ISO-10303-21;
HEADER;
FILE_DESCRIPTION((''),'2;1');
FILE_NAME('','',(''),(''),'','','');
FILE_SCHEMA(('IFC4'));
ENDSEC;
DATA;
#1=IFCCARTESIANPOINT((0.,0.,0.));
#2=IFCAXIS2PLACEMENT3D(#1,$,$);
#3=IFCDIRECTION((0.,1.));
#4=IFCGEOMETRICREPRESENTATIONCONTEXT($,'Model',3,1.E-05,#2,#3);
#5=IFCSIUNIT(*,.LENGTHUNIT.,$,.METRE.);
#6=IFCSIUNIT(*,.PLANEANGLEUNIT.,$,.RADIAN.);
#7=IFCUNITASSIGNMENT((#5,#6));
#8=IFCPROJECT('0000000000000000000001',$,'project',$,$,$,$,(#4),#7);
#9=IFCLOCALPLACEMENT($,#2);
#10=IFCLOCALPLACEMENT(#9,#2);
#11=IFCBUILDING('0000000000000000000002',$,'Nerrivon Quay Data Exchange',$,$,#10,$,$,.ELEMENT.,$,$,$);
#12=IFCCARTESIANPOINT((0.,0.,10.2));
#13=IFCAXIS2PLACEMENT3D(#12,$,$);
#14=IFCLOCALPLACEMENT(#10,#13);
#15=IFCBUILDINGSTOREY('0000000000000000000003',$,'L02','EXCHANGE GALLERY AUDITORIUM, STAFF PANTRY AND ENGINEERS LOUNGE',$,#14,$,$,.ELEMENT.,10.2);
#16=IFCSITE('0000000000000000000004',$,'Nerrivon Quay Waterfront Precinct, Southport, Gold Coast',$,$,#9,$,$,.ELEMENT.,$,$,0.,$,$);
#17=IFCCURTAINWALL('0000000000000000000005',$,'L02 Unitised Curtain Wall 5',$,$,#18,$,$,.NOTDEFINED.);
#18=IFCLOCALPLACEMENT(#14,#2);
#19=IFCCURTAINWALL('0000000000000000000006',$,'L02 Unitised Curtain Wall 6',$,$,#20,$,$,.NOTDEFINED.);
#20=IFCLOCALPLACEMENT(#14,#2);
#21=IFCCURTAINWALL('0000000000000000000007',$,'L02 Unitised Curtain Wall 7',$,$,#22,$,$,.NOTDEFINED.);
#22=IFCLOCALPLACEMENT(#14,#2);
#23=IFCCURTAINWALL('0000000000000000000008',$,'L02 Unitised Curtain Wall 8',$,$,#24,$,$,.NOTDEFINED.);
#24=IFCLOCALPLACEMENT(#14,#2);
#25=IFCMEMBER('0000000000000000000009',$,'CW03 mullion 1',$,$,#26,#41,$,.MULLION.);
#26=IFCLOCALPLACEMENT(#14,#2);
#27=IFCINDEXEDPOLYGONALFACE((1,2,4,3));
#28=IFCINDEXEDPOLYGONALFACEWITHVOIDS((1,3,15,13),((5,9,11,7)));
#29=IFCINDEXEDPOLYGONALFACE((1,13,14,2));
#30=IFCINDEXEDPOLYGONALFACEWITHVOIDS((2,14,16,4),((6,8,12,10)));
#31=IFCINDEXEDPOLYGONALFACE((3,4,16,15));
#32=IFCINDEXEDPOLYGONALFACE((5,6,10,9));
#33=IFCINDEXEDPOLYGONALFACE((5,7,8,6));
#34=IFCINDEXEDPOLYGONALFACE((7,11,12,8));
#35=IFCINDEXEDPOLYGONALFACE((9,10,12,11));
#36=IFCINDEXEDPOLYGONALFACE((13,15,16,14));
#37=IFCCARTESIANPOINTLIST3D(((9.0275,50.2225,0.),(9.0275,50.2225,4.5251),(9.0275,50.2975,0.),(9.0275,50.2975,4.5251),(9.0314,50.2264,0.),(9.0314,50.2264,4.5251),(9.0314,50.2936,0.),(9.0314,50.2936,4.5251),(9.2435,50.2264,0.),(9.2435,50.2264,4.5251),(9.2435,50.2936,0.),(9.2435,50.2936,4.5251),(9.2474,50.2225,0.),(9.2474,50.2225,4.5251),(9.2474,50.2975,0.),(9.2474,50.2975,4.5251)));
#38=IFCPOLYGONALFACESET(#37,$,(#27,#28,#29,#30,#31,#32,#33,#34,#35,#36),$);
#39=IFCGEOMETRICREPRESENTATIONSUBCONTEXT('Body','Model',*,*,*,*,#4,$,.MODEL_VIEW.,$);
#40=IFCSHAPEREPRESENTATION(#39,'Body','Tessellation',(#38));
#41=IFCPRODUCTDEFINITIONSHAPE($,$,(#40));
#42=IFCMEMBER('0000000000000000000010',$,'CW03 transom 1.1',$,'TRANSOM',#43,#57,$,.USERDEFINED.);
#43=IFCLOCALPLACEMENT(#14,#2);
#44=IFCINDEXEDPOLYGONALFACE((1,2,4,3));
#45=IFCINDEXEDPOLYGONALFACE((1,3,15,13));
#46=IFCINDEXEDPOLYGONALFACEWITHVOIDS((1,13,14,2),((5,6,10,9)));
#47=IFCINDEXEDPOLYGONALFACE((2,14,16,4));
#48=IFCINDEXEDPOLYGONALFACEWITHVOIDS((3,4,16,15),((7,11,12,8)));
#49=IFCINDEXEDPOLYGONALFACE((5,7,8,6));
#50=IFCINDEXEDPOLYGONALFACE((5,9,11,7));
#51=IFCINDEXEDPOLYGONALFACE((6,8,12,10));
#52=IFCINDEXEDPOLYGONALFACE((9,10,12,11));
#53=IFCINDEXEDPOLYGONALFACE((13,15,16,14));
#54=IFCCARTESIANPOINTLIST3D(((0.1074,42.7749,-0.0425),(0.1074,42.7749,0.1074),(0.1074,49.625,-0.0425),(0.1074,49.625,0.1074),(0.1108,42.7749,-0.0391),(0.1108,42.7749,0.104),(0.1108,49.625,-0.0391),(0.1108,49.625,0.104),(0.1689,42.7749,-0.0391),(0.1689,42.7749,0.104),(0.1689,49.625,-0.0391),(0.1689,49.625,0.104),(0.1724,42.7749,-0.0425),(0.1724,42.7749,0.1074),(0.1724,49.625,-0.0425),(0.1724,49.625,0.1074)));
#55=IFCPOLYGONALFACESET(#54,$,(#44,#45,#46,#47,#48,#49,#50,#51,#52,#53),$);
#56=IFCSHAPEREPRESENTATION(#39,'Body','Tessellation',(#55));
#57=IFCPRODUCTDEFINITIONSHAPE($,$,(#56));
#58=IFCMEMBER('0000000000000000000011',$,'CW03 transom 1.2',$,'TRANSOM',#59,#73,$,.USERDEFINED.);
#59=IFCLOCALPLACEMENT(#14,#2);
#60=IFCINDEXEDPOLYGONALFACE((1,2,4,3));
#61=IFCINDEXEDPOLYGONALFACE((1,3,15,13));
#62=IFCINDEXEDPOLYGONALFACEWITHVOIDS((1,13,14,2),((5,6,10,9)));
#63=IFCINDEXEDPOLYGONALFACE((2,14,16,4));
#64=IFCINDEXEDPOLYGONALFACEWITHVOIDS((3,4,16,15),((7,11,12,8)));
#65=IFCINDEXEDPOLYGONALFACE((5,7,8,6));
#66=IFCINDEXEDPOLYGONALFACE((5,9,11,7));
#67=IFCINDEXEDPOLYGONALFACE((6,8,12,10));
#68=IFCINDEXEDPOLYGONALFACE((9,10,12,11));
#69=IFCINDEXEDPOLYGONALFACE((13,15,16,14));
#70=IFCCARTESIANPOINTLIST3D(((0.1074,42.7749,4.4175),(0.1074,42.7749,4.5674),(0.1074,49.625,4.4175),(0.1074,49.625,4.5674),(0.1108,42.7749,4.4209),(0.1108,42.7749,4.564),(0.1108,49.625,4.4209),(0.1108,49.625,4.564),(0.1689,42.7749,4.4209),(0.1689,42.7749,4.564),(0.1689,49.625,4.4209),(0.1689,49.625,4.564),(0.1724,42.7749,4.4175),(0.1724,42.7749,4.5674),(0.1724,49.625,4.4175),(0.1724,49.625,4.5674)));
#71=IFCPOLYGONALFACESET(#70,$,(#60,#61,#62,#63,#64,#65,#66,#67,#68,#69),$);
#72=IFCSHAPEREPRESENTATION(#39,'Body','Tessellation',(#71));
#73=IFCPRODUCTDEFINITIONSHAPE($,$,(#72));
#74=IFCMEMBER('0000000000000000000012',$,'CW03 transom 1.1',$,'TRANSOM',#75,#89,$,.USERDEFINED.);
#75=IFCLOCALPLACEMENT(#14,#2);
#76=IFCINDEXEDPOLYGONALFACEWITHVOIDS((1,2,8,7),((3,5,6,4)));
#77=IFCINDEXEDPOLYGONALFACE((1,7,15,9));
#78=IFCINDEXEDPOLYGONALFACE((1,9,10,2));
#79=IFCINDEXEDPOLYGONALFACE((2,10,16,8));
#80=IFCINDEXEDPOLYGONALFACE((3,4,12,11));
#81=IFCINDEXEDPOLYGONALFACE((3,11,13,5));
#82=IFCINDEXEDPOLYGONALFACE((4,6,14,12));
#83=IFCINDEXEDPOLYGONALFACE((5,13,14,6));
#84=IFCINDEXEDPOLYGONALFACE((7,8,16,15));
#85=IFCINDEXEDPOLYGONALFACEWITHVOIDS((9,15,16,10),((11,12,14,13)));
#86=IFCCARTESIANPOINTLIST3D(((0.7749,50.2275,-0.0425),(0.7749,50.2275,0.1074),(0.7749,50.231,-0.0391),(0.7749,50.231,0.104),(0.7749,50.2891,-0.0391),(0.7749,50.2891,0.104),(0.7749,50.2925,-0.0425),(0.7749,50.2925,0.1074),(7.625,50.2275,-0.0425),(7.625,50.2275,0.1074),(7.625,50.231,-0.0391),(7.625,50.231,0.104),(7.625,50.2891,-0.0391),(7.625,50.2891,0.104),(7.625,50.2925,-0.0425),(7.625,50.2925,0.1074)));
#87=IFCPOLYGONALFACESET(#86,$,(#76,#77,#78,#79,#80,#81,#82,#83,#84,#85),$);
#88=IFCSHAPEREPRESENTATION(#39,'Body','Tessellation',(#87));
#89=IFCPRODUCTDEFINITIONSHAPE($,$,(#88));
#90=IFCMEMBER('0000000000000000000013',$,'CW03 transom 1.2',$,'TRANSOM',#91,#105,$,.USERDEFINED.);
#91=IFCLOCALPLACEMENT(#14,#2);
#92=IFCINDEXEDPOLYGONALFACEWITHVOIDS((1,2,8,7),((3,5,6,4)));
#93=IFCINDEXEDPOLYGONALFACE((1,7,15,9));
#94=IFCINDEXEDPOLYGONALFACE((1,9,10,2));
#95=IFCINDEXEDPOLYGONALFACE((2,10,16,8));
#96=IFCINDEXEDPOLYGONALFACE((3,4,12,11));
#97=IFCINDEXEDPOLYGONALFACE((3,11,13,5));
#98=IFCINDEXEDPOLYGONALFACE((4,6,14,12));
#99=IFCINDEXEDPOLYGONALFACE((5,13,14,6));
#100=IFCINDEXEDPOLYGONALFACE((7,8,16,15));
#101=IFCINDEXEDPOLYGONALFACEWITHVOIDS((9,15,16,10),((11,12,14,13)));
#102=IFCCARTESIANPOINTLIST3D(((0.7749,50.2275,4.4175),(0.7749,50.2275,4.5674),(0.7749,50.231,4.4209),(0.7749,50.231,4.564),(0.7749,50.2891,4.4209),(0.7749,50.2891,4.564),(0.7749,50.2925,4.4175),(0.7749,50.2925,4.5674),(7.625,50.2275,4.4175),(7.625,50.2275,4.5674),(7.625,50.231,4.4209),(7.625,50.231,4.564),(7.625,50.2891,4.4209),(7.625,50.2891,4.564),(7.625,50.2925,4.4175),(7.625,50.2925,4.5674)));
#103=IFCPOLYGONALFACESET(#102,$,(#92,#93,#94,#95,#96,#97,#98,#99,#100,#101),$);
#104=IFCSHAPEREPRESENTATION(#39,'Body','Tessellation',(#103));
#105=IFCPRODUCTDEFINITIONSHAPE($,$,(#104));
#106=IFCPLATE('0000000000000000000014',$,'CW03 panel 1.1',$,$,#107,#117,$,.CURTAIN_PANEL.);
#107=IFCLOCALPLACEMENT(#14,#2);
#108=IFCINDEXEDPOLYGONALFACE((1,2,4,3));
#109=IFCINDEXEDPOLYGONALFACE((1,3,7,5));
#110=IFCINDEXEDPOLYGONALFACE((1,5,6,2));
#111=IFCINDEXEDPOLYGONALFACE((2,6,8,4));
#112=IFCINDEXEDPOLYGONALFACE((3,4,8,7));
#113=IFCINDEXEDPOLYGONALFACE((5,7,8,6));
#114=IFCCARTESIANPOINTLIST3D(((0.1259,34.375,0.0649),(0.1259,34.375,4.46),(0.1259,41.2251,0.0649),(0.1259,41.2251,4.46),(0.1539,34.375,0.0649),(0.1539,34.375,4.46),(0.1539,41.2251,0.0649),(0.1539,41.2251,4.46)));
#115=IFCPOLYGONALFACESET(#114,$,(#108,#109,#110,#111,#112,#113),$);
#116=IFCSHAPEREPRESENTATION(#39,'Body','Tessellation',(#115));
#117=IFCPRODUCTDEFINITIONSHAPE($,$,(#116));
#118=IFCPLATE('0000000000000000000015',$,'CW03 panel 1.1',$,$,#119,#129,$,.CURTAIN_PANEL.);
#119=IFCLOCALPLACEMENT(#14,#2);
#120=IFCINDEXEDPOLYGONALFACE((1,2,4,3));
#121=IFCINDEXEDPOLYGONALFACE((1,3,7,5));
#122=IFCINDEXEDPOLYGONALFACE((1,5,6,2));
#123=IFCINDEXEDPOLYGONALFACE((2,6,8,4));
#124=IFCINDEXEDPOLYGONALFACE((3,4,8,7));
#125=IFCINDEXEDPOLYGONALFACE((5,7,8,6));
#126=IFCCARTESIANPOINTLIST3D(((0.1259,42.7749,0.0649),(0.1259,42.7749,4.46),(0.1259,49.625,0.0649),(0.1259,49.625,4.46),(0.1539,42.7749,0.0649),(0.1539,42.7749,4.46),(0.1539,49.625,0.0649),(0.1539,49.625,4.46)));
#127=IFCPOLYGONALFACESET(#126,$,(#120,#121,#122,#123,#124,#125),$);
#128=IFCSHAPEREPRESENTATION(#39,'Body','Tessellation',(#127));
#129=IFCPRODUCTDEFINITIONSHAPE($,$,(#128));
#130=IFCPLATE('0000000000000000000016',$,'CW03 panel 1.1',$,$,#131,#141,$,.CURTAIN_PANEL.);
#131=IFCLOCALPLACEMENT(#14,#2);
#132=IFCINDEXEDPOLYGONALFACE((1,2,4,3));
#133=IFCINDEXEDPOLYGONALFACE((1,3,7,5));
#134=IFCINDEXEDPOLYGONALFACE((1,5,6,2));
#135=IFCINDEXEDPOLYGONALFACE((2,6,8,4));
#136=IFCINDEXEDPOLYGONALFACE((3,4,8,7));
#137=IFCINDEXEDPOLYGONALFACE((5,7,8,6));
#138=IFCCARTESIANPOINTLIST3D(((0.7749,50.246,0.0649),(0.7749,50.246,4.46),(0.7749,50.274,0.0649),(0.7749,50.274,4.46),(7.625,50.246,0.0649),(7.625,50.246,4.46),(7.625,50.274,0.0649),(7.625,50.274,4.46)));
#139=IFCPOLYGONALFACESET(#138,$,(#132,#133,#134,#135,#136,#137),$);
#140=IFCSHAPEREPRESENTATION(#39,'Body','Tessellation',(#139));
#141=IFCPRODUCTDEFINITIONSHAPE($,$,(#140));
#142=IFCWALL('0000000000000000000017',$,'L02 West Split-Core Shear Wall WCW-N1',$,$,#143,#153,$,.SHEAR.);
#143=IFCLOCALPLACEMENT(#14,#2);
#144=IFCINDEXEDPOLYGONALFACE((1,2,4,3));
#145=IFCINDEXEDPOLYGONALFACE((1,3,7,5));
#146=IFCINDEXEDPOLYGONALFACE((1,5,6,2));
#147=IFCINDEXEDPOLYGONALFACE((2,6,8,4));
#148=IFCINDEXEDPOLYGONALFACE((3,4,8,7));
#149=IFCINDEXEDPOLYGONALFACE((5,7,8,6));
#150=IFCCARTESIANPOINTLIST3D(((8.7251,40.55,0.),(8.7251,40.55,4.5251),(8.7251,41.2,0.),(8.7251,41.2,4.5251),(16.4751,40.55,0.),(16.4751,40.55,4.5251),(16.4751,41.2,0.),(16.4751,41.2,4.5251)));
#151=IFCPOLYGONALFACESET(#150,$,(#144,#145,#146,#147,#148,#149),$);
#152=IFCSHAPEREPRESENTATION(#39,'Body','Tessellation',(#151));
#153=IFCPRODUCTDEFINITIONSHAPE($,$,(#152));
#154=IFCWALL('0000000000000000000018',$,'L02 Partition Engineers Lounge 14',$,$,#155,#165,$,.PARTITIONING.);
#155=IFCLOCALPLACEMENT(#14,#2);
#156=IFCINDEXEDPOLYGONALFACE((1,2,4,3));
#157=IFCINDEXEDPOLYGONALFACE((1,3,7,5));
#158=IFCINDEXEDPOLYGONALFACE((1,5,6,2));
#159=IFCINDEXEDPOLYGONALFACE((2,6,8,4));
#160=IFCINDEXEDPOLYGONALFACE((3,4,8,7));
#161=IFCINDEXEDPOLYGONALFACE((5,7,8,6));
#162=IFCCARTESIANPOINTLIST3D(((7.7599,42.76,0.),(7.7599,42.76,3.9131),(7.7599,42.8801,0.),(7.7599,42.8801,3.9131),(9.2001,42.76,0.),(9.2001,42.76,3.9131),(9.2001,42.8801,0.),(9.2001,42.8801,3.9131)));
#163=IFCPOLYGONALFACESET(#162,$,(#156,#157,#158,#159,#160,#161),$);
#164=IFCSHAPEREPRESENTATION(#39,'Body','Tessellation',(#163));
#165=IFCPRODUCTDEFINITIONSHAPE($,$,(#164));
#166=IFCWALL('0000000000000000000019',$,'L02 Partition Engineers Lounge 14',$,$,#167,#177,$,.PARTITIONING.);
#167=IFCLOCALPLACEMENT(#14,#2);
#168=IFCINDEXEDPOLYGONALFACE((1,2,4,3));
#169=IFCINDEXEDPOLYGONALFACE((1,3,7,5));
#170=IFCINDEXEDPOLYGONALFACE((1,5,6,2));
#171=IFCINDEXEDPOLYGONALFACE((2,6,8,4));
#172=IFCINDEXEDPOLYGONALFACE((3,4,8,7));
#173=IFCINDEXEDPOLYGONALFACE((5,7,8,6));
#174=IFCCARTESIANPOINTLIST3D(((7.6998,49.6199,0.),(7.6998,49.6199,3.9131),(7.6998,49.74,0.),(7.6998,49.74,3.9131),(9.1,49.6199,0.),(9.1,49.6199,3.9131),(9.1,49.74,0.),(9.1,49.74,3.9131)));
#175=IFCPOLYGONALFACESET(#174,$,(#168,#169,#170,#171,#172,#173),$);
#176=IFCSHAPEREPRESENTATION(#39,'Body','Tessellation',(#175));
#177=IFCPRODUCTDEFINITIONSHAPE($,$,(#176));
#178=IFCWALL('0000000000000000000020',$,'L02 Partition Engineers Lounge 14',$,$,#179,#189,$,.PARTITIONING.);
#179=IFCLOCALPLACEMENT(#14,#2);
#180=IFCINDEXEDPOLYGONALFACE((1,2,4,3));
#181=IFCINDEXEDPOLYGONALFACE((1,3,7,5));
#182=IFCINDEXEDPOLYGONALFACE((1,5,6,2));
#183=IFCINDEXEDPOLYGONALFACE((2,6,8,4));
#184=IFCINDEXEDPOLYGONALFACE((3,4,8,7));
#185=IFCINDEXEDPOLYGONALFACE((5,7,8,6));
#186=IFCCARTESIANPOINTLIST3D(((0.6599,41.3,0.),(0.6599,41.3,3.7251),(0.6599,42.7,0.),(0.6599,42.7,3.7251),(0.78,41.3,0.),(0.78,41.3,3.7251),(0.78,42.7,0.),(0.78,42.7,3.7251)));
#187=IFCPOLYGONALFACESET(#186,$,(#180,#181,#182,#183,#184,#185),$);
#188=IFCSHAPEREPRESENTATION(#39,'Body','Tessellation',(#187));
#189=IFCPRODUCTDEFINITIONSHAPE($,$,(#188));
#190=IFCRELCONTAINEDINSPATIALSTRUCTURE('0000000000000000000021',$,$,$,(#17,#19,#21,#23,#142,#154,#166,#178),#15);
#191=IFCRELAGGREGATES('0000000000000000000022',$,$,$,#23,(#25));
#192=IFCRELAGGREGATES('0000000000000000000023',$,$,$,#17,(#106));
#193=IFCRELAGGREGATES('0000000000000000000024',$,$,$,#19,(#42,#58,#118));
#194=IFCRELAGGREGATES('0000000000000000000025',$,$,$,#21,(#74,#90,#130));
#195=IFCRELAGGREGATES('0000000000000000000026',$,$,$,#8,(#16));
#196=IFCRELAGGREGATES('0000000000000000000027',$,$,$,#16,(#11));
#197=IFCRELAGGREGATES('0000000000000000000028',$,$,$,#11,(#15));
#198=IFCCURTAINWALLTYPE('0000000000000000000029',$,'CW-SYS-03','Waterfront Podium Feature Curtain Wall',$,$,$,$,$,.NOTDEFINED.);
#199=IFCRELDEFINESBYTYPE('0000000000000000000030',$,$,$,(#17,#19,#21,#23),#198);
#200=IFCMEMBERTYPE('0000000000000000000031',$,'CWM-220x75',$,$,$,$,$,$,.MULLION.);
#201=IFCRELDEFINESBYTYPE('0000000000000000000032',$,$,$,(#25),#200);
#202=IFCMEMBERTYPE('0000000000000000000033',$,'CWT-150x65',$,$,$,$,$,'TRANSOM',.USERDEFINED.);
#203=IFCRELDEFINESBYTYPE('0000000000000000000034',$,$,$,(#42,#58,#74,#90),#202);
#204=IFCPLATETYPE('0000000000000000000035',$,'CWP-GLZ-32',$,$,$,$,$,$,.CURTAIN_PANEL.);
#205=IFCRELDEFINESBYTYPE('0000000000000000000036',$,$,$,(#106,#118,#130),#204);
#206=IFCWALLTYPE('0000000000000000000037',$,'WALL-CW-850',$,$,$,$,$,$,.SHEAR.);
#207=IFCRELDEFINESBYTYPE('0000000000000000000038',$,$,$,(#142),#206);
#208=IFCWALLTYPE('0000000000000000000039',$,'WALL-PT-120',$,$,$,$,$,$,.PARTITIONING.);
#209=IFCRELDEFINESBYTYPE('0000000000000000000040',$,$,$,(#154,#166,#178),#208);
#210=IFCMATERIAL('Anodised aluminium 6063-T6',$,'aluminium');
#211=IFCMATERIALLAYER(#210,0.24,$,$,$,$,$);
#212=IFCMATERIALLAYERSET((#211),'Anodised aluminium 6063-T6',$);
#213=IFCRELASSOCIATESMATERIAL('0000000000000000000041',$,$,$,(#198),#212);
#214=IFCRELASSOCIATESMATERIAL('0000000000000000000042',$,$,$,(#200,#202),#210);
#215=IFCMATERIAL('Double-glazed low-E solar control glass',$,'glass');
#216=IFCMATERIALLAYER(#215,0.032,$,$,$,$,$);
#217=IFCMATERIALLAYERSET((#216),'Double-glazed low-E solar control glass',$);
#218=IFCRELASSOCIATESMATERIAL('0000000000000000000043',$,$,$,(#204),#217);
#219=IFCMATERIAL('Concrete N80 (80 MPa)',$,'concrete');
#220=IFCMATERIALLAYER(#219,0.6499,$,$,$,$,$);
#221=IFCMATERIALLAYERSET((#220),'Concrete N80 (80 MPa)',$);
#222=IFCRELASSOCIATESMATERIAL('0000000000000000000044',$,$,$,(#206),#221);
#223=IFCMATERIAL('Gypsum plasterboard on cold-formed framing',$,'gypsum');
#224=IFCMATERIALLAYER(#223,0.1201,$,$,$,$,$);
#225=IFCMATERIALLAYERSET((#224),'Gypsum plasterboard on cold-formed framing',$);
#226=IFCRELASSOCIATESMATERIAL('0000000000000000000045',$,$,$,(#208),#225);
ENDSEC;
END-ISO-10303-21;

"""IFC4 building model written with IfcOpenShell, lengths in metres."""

from ifc_helpers import new_model, si_unit, direction, frame, frame_2d, origin, origin_2d, place, context, subcontext, project, spatial, rectangle, hollow_rectangle, extrude, material, layer, layer_set, material_profile, profile_set, type_object, element, aggregate, save


model = new_model("IFC4")

# Units and contexts
model_context = context("Model", 3, precision=1e-05, world=origin(), true_north=direction((0.0, 1.0)))
body_context = subcontext(model_context, "Body", "Model", "MODEL_VIEW")
ifc_project = project(units=[si_unit("LENGTHUNIT", "METRE"), si_unit("PLANEANGLEUNIT", "RADIAN")], contexts=[model_context])

# Site, building, storey
site_placement = place(None, origin())
site = spatial("IfcSite", under=ifc_project, at=site_placement, Name="Nerrivon Quay Waterfront Precinct, Southport, Gold Coast", CompositionType="ELEMENT", RefElevation=0.0)
building_placement = place(site_placement, origin())
building = spatial("IfcBuilding", under=site, at=building_placement, Name="Nerrivon Quay Data Exchange", CompositionType="ELEMENT")
storey_placement = place(building_placement, frame((0.0, 0.0, 10.2)))
storey = spatial("IfcBuildingStorey", under=building, at=storey_placement, Name="L02", Description="EXCHANGE GALLERY AUDITORIUM, STAFF PANTRY AND ENGINEERS LOUNGE", CompositionType="ELEMENT", Elevation=10.2)

# Shared definitions
ifc_material_1 = material(Name="Concrete N80 (80 MPa)", Category="concrete")

# Curtain wall
ifc_material_2 = material(Name="Anodised aluminium 6063-T6", Category="aluminium")
ifc_layer_1 = layer(ifc_material_2, 0.24)
ifc_layer_set_1 = layer_set([ifc_layer_1], Name="Anodised aluminium 6063-T6")
curtain_wall_type = type_object("IfcCurtainWallType", Name="CW-SYS-03", Description="Waterfront Podium Feature Curtain Wall", PredefinedType="NOTDEFINED", material=ifc_layer_set_1)
curtain_wall_1_placement = place(storey_placement, origin())
curtain_wall_1 = element("IfcCurtainWall", 1, at=curtain_wall_1_placement, inside=storey, type_object=curtain_wall_type, Name="L02 Unitised Curtain Wall 5", PredefinedType="NOTDEFINED")
ifc_material_profile_1 = material_profile(ifc_material_2, hollow_rectangle(XDim=0.075, YDim=0.22, WallThickness=0.0039, at=origin_2d()), Name="ALU-MULL-220x75")
ifc_profile_set_1 = profile_set([ifc_material_profile_1], Name="Anodised aluminium 6063-T6")
member_type_1 = type_object("IfcMemberType", Name="CWM-220x75", PredefinedType="MULLION", material=ifc_profile_set_1)

# Curtain walls
curtain_wall_2_placement = place(storey_placement, origin())
curtain_wall_2 = element("IfcCurtainWall", 2, at=curtain_wall_2_placement, inside=storey, type_object=curtain_wall_type, Name="L02 Unitised Curtain Wall 6", PredefinedType="NOTDEFINED")
curtain_wall_3_placement = place(storey_placement, origin())
curtain_wall_3 = element("IfcCurtainWall", 3, at=curtain_wall_3_placement, inside=storey, type_object=curtain_wall_type, Name="L02 Unitised Curtain Wall 7", PredefinedType="NOTDEFINED")

# Curtain wall, member
curtain_wall_4_placement = place(storey_placement, origin())
curtain_wall_4 = element("IfcCurtainWall", 4, at=curtain_wall_4_placement, inside=storey, type_object=curtain_wall_type, Name="L02 Unitised Curtain Wall 8", PredefinedType="NOTDEFINED")
member_1_placement = place(storey_placement, frame((9.1375, 50.26, 0.0), z_axis=(0.0, 0.0, 1.0), x_axis=(0.0, 1.0, 0.0)))
member_1 = element("IfcMember", 5, at=member_1_placement, type_object=member_type_1, Name="CW03 mullion 1", PredefinedType="MULLION", context=body_context, shape_type="SweptSolid", body=[
    extrude(hollow_rectangle(XDim=0.075, YDim=0.22, WallThickness=0.0039, at=origin_2d()), origin(), (0.0, 0.0, 1.0), 4.5251),
])
aggregate(curtain_wall_4, [member_1])

# Members
ifc_material_profile_2 = material_profile(ifc_material_2, hollow_rectangle(XDim=0.0649, YDim=0.1499, WallThickness=0.0034, at=origin_2d()), Name="ALU-TRAN-150x65")
ifc_profile_set_2 = profile_set([ifc_material_profile_2], Name="Anodised aluminium 6063-T6")
member_type_2 = type_object("IfcMemberType", Name="CWT-150x65", ElementType="TRANSOM", PredefinedType="USERDEFINED", material=ifc_profile_set_2)
member_2_placement = place(storey_placement, frame((0.1399, 42.7749, 0.0325), z_axis=(0.0, 1.0, 0.0), x_axis=(-1.0, 0.0, 0.0)))
member_2 = element("IfcMember", 6, at=member_2_placement, type_object=member_type_2, Name="CW03 transom 1.1", ObjectType="TRANSOM", PredefinedType="USERDEFINED", context=body_context, shape_type="SweptSolid", body=[
    extrude(hollow_rectangle(XDim=0.0649, YDim=0.1499, WallThickness=0.0034, at=origin_2d()), origin(), (0.0, 0.0, 1.0), 6.8501),
])
member_3_placement = place(storey_placement, frame((0.1399, 42.7749, 4.4924), z_axis=(0.0, 1.0, 0.0), x_axis=(-1.0, 0.0, 0.0)))
member_3 = element("IfcMember", 7, at=member_3_placement, type_object=member_type_2, Name="CW03 transom 1.2", ObjectType="TRANSOM", PredefinedType="USERDEFINED", context=body_context, shape_type="SweptSolid", body=[
    extrude(hollow_rectangle(XDim=0.0649, YDim=0.1499, WallThickness=0.0034, at=origin_2d()), origin(), (0.0, 0.0, 1.0), 6.8501),
])
member_4_placement = place(storey_placement, frame((0.7749, 50.26, 0.0325), z_axis=(1.0, 0.0, 0.0), x_axis=(0.0, 1.0, 0.0)))
member_4 = element("IfcMember", 8, at=member_4_placement, type_object=member_type_2, Name="CW03 transom 1.1", ObjectType="TRANSOM", PredefinedType="USERDEFINED", context=body_context, shape_type="SweptSolid", body=[
    extrude(hollow_rectangle(XDim=0.0649, YDim=0.1499, WallThickness=0.0034, at=origin_2d()), origin(), (0.0, 0.0, 1.0), 6.8501),
])
member_5_placement = place(storey_placement, frame((0.7749, 50.26, 4.4924), z_axis=(1.0, 0.0, 0.0), x_axis=(0.0, 1.0, 0.0)))
member_5 = element("IfcMember", 9, at=member_5_placement, type_object=member_type_2, Name="CW03 transom 1.2", ObjectType="TRANSOM", PredefinedType="USERDEFINED", context=body_context, shape_type="SweptSolid", body=[
    extrude(hollow_rectangle(XDim=0.0649, YDim=0.1499, WallThickness=0.0034, at=origin_2d()), origin(), (0.0, 0.0, 1.0), 6.8501),
])

# Plates
ifc_material_3 = material(Name="Double-glazed low-E solar control glass", Category="glass")
ifc_layer_2 = layer(ifc_material_3, 0.032)
ifc_layer_set_2 = layer_set([ifc_layer_2], Name="Double-glazed low-E solar control glass")
plate_type = type_object("IfcPlateType", Name="CWP-GLZ-32", PredefinedType="CURTAIN_PANEL", material=ifc_layer_set_2)
plate_1_placement = place(storey_placement, frame((0.1399, 37.8, 0.0649), z_axis=(0.0, 0.0, 1.0), x_axis=(0.0, 1.0, 0.0)))
plate_1 = element("IfcPlate", 10, at=plate_1_placement, type_object=plate_type, Name="CW03 panel 1.1", PredefinedType="CURTAIN_PANEL", context=body_context, shape_type="SweptSolid", body=[
    extrude(rectangle(XDim=6.8501, YDim=0.0281, at=origin_2d()), origin(), (0.0, 0.0, 1.0), 4.395),
])
aggregate(curtain_wall_1, [plate_1])
plate_2_placement = place(storey_placement, frame((0.1399, 46.2, 0.0649), z_axis=(0.0, 0.0, 1.0), x_axis=(0.0, 1.0, 0.0)))
plate_2 = element("IfcPlate", 11, at=plate_2_placement, type_object=plate_type, Name="CW03 panel 1.1", PredefinedType="CURTAIN_PANEL", context=body_context, shape_type="SweptSolid", body=[
    extrude(rectangle(XDim=6.8501, YDim=0.0281, at=origin_2d()), origin(), (0.0, 0.0, 1.0), 4.395),
])
aggregate(curtain_wall_2, [member_2, member_3, plate_2])
plate_3_placement = place(storey_placement, frame((4.2, 50.26, 0.0649), z_axis=(0.0, 0.0, 1.0), x_axis=(1.0, 0.0, 0.0)))
plate_3 = element("IfcPlate", 12, at=plate_3_placement, type_object=plate_type, Name="CW03 panel 1.1", PredefinedType="CURTAIN_PANEL", context=body_context, shape_type="SweptSolid", body=[
    extrude(rectangle(XDim=6.8501, YDim=0.0281, at=origin_2d()), origin(), (0.0, 0.0, 1.0), 4.395),
])
aggregate(curtain_wall_3, [member_4, member_5, plate_3])

# Walls
ifc_layer_3 = layer(ifc_material_1, 0.6499)
ifc_layer_set_3 = layer_set([ifc_layer_3], Name="Concrete N80 (80 MPa)")
wall_type_1 = type_object("IfcWallType", Name="WALL-CW-850", PredefinedType="SHEAR", material=ifc_layer_set_3)
wall_1_placement = place(storey_placement, frame((8.7251, 40.875, 0.0), z_axis=(0.0, 0.0, 1.0), x_axis=(1.0, 0.0, 0.0)))
element("IfcWall", 13, at=wall_1_placement, inside=storey, type_object=wall_type_1, Name="L02 West Split-Core Shear Wall WCW-N1", PredefinedType="SHEAR", context=body_context, shape_type="SweptSolid", body=[
    extrude(rectangle(XDim=7.75, YDim=0.6499, at=frame_2d((3.875, 0.0))), origin(), (0.0, 0.0, 1.0), 4.5251),
])
ifc_material_4 = material(Name="Gypsum plasterboard on cold-formed framing", Category="gypsum")
ifc_layer_4 = layer(ifc_material_4, 0.1201)
ifc_layer_set_4 = layer_set([ifc_layer_4], Name="Gypsum plasterboard on cold-formed framing")
wall_type_2 = type_object("IfcWallType", Name="WALL-PT-120", PredefinedType="PARTITIONING", material=ifc_layer_set_4)
wall_2_placement = place(storey_placement, frame((7.7598, 42.8201, 0.0), z_axis=(0.0, 0.0, 1.0), x_axis=(1.0, 0.0, 0.0)))
element("IfcWall", 14, at=wall_2_placement, inside=storey, type_object=wall_type_2, Name="L02 Partition Engineers Lounge 14", PredefinedType="PARTITIONING", context=body_context, shape_type="SweptSolid", body=[
    extrude(rectangle(XDim=1.4402, YDim=0.1201, at=frame_2d((0.7202, 0.0))), origin(), (0.0, 0.0, 1.0), 3.9131),
])
wall_3_placement = place(storey_placement, frame((9.1001, 49.6799, 0.0), z_axis=(0.0, 0.0, 1.0), x_axis=(-1.0, 0.0, 0.0)))
element("IfcWall", 15, at=wall_3_placement, inside=storey, type_object=wall_type_2, Name="L02 Partition Engineers Lounge 14", PredefinedType="PARTITIONING", context=body_context, shape_type="SweptSolid", body=[
    extrude(rectangle(XDim=1.4001, YDim=0.1201, at=frame_2d((0.7002, 0.0))), origin(), (0.0, 0.0, 1.0), 3.9131),
])
wall_4_placement = place(storey_placement, frame((0.72, 42.7, 0.0), z_axis=(0.0, 0.0, 1.0), x_axis=(0.0, -1.0, 0.0)))
element("IfcWall", 16, at=wall_4_placement, inside=storey, type_object=wall_type_2, Name="L02 Partition Engineers Lounge 14", PredefinedType="PARTITIONING", context=body_context, shape_type="SweptSolid", body=[
    extrude(rectangle(XDim=1.3999, YDim=0.1201, at=frame_2d((0.7, 0.0))), origin(), (0.0, 0.0, 1.0), 3.7251),
])

save(model, "model.ifc")
